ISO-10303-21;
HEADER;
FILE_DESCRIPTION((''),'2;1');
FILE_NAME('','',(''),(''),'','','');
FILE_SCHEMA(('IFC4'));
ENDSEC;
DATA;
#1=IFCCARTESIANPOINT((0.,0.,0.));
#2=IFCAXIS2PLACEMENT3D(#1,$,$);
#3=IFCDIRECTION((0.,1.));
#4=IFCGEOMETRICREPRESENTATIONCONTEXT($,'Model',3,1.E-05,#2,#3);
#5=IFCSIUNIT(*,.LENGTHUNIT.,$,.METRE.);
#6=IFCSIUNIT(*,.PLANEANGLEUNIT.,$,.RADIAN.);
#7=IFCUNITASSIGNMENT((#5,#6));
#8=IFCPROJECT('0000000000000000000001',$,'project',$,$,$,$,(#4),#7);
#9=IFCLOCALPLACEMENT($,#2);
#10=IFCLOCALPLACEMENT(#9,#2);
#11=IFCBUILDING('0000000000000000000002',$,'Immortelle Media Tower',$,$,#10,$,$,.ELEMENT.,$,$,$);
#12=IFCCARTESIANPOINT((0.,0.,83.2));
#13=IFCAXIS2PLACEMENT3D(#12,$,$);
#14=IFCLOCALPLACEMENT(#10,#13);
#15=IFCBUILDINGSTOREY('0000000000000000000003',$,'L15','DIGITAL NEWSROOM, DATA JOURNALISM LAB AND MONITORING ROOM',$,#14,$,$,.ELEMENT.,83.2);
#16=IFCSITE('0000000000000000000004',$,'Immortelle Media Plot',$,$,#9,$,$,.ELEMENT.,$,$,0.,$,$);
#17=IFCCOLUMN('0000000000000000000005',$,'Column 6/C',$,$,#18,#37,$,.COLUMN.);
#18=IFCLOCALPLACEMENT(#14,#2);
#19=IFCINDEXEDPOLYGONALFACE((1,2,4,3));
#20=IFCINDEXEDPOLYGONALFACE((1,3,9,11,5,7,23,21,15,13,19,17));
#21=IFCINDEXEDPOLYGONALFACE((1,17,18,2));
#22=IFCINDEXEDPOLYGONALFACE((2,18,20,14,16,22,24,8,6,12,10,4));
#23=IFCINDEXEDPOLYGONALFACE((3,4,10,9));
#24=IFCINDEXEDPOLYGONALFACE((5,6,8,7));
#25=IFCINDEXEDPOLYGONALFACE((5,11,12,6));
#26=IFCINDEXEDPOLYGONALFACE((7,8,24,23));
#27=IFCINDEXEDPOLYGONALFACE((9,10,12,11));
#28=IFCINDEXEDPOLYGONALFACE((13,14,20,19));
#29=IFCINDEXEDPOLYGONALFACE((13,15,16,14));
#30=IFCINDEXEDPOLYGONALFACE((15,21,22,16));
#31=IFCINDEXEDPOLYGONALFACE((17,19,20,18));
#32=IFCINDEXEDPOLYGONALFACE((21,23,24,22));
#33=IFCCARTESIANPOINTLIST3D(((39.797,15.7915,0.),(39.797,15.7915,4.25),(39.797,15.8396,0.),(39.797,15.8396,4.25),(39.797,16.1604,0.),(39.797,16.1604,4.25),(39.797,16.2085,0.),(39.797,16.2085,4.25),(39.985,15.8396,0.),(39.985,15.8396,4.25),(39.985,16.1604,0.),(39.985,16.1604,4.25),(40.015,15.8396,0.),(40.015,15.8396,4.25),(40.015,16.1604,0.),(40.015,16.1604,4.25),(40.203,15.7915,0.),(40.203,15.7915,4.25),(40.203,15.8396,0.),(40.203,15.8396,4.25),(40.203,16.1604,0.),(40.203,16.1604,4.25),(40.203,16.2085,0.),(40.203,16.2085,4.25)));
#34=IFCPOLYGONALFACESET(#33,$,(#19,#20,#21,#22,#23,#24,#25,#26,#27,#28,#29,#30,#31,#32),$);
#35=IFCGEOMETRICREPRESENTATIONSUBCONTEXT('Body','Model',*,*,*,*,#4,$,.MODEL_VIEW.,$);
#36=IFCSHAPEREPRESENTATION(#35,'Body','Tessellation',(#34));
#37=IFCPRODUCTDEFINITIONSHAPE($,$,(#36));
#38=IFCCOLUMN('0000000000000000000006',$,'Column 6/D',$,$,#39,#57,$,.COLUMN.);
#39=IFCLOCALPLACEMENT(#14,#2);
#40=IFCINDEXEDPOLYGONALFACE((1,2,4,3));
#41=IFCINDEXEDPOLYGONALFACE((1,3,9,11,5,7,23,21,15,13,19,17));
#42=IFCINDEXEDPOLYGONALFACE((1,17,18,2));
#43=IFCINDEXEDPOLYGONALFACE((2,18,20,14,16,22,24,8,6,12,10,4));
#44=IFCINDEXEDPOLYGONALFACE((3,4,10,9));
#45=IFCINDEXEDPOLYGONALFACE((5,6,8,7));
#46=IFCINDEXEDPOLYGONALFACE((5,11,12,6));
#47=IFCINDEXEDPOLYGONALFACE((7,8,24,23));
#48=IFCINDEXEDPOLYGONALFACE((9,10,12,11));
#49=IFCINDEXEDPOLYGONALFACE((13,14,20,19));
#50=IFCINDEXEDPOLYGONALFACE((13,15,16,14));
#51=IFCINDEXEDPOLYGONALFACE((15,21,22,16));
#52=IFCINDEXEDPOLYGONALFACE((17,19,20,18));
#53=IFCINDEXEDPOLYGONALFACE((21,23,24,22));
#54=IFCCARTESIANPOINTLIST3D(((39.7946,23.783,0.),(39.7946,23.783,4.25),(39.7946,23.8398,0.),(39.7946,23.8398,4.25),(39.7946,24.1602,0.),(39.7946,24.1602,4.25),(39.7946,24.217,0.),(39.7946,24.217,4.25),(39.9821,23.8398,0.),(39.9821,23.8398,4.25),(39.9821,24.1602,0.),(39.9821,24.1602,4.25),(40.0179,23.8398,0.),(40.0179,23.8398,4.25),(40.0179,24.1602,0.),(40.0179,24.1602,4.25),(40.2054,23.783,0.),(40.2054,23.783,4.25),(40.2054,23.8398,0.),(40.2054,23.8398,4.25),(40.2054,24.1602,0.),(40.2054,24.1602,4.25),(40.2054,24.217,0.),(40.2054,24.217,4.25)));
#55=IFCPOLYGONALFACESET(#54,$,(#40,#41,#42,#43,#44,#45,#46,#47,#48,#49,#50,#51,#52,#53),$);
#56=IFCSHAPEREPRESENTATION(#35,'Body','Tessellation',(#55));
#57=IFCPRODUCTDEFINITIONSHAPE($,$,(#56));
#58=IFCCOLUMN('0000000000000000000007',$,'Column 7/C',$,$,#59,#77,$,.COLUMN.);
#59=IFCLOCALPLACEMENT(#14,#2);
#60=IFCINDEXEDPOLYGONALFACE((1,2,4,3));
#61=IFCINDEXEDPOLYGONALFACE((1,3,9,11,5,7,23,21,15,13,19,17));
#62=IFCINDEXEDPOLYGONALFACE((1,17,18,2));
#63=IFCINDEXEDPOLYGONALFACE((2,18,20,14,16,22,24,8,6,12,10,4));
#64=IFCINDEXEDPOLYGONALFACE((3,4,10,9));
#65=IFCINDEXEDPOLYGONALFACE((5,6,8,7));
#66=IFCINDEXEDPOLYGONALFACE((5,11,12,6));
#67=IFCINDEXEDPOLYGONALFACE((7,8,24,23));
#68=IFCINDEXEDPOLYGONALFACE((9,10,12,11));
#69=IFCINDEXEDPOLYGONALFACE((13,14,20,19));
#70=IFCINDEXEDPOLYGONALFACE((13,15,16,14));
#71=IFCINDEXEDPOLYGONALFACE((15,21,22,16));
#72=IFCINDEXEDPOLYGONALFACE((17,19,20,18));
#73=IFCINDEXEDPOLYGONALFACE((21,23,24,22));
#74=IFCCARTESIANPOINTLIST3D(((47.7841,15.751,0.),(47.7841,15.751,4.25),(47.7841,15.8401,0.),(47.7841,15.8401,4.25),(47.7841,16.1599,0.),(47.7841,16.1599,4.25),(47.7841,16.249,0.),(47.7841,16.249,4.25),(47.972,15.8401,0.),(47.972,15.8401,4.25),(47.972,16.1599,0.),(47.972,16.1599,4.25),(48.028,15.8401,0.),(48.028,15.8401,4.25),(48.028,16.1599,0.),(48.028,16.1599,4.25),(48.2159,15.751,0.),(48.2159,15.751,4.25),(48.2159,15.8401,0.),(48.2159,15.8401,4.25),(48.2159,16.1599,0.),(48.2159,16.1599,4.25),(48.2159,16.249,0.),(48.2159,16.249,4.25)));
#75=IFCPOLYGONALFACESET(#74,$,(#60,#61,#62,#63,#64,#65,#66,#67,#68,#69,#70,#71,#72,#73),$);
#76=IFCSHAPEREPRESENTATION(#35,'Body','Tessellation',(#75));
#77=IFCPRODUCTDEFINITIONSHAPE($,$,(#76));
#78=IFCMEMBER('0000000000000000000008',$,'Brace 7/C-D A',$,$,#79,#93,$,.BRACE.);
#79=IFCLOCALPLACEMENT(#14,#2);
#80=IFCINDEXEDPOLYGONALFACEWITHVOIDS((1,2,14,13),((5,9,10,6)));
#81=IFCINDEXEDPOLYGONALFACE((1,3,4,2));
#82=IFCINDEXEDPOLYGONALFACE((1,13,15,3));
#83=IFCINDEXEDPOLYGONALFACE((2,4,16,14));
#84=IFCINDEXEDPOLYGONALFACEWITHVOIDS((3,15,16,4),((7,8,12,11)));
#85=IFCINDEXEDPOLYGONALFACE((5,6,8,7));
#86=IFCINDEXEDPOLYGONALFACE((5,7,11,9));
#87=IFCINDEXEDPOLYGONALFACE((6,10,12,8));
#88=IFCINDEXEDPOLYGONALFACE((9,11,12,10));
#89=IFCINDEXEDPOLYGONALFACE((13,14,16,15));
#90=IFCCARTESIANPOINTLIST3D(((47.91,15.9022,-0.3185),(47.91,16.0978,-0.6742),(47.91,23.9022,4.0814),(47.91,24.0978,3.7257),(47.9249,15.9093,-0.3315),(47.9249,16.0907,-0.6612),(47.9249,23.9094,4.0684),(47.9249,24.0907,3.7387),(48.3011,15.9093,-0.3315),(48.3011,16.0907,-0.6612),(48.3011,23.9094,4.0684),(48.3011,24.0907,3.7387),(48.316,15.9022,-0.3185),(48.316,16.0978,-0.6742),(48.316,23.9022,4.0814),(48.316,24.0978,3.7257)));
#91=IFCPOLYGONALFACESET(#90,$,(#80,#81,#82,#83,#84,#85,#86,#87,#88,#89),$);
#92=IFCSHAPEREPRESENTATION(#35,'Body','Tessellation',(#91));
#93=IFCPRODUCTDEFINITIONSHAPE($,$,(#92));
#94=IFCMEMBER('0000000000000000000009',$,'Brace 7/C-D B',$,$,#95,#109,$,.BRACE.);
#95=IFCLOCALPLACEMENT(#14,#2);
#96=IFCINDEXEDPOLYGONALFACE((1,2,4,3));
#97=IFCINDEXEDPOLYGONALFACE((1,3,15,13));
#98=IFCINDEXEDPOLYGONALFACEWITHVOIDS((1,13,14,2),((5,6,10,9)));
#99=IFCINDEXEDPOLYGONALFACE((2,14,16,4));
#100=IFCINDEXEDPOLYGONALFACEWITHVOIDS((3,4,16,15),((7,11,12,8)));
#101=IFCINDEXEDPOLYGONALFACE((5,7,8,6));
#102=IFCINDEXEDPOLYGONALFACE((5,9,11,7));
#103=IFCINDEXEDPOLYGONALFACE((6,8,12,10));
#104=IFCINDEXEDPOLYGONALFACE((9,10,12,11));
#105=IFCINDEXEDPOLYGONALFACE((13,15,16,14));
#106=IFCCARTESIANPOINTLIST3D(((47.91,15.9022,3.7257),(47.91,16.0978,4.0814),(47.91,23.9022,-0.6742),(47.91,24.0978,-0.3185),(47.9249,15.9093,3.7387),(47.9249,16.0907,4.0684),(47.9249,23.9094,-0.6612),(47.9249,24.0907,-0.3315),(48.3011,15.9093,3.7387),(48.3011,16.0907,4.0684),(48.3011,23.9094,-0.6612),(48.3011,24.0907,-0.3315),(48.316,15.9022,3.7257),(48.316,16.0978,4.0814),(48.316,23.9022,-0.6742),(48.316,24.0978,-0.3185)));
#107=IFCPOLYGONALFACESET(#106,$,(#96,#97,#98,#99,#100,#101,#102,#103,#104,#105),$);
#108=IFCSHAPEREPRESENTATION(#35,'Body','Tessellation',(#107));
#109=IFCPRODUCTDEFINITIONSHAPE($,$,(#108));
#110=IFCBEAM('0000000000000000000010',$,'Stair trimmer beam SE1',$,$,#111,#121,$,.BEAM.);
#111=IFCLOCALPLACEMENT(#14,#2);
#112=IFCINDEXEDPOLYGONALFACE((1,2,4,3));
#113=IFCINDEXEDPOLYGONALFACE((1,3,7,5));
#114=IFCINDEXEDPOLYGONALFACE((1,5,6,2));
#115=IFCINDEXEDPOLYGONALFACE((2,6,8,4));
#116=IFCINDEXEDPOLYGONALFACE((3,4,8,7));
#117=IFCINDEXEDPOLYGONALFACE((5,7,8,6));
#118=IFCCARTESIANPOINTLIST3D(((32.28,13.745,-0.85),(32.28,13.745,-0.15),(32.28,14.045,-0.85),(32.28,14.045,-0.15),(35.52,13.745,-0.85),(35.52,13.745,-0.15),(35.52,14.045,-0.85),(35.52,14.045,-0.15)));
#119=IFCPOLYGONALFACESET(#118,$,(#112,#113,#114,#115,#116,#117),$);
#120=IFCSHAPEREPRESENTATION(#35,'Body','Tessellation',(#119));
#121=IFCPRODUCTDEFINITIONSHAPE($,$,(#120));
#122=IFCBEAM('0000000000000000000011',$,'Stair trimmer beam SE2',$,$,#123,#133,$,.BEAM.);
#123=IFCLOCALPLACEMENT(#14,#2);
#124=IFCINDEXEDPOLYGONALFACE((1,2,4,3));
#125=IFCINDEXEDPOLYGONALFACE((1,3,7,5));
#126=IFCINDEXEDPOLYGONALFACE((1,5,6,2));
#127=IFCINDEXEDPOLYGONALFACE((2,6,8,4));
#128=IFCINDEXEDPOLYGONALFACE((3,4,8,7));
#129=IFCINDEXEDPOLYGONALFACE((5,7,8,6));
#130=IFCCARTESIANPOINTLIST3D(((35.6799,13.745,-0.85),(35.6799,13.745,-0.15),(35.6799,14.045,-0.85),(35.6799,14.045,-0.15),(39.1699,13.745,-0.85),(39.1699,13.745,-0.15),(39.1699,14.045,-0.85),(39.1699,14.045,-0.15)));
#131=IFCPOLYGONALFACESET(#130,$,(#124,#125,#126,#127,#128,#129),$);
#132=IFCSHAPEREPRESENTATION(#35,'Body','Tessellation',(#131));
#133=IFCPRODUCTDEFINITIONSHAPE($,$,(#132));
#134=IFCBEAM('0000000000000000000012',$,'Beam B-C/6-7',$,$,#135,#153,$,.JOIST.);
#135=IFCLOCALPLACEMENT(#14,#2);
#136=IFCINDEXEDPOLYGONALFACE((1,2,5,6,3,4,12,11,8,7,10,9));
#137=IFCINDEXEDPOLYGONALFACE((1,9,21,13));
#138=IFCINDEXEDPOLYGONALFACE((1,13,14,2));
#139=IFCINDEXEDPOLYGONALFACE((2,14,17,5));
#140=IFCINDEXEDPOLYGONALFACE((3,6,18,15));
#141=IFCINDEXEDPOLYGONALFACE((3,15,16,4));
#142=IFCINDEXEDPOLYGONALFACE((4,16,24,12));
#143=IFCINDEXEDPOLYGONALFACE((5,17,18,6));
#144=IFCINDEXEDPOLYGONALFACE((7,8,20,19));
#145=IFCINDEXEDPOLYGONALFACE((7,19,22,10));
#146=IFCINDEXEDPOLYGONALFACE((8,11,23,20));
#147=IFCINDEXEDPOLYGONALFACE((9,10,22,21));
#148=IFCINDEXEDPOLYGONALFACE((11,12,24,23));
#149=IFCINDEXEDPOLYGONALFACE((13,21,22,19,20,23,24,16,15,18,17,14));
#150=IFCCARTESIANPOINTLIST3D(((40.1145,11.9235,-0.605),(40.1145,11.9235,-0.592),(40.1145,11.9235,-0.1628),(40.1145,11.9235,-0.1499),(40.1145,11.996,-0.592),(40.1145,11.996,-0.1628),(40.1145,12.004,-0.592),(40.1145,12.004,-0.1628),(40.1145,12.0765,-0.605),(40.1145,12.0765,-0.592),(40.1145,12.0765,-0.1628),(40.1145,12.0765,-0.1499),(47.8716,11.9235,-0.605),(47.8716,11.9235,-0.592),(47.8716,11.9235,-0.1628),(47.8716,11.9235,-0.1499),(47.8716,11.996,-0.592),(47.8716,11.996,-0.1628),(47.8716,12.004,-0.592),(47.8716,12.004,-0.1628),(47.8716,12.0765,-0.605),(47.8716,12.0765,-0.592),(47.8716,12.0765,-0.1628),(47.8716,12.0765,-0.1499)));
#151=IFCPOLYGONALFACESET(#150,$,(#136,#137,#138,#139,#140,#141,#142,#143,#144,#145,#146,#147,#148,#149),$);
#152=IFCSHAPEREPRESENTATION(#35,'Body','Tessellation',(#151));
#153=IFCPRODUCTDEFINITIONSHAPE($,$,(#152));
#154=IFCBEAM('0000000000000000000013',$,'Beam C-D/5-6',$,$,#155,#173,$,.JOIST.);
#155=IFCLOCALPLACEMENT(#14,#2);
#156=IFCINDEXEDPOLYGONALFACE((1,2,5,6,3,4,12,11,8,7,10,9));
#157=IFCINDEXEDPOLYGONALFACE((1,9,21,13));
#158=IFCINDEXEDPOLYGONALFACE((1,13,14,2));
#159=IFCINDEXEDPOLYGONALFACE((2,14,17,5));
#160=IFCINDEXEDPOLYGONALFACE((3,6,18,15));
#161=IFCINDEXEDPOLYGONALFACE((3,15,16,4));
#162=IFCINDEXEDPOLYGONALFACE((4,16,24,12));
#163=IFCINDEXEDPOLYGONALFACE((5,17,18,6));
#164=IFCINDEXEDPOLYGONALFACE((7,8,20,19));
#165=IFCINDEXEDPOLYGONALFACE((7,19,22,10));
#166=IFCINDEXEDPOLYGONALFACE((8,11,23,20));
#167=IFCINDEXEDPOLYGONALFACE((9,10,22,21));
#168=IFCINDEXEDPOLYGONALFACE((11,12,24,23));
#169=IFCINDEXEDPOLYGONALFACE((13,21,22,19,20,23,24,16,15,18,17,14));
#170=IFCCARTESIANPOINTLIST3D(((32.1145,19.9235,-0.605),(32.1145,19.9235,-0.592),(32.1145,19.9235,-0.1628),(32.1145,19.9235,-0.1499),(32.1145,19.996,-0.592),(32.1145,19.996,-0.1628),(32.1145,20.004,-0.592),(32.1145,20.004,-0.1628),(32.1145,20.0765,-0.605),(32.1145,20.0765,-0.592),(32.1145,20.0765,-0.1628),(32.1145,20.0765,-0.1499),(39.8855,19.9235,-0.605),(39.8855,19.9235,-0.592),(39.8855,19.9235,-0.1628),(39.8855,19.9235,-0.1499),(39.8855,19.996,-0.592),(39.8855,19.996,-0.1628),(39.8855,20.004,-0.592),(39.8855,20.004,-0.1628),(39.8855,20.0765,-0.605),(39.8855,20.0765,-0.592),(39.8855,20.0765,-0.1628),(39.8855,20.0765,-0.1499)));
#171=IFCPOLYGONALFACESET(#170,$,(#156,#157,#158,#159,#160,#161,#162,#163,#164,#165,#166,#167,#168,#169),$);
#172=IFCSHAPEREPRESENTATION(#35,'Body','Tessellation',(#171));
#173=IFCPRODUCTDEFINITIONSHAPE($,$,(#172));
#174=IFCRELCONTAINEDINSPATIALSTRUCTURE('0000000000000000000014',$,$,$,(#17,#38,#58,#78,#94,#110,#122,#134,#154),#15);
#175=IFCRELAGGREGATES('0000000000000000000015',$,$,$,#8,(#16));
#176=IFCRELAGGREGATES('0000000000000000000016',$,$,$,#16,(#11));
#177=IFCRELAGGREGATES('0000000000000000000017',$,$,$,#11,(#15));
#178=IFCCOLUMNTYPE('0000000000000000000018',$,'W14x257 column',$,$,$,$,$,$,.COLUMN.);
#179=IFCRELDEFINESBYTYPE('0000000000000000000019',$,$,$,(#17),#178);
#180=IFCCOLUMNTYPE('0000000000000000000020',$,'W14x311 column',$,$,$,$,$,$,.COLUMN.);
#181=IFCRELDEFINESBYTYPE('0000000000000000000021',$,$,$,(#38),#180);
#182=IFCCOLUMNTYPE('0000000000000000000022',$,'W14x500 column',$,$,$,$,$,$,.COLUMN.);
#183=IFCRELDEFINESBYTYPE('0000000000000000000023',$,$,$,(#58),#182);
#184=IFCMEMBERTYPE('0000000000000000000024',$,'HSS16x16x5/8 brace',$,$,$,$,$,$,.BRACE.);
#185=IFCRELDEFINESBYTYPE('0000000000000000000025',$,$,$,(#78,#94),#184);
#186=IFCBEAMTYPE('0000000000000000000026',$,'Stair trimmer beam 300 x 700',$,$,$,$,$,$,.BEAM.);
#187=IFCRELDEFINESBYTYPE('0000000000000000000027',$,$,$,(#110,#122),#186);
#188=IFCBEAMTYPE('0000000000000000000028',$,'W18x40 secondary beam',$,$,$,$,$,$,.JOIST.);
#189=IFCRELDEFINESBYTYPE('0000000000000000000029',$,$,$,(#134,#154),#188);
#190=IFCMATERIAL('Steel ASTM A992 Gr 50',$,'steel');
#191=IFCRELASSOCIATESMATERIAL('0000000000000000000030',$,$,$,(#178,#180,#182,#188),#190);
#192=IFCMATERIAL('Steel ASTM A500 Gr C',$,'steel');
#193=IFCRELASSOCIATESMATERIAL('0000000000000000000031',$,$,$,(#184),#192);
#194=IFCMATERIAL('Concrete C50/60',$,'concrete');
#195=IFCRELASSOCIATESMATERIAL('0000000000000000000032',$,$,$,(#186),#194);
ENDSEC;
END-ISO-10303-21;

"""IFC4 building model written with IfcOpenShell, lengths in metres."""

from ifc_helpers import new_model, si_unit, direction, frame, origin, origin_2d, place, context, subcontext, project, spatial, rectangle, hollow_rectangle, i_section, extrude, material, material_profile, profile_set, type_object, element, save


model = new_model("IFC4")

# Units and contexts
model_context = context("Model", 3, precision=1e-05, world=origin(), true_north=direction((0.0, 1.0)))
body_context = subcontext(model_context, "Body", "Model", "MODEL_VIEW")
ifc_project = project(units=[si_unit("LENGTHUNIT", "METRE"), si_unit("PLANEANGLEUNIT", "RADIAN")], contexts=[model_context])

# Site, building, storey
site_placement = place(None, origin())
site = spatial("IfcSite", under=ifc_project, at=site_placement, Name="Immortelle Media Plot", CompositionType="ELEMENT", RefElevation=0.0)
building_placement = place(site_placement, origin())
building = spatial("IfcBuilding", under=site, at=building_placement, Name="Immortelle Media Tower", CompositionType="ELEMENT")
storey_placement = place(building_placement, frame((0.0, 0.0, 83.2)))
storey = spatial("IfcBuildingStorey", under=building, at=storey_placement, Name="L15", Description="DIGITAL NEWSROOM, DATA JOURNALISM LAB AND MONITORING ROOM", CompositionType="ELEMENT", Elevation=83.2)

# Columns
ifc_material_1 = material(Name="Steel ASTM A992 Gr 50", Category="steel")
ifc_material_profile_1 = material_profile(ifc_material_1, i_section(OverallWidth=0.406, OverallDepth=0.417, WebThickness=0.03, FlangeThickness=0.0481, at=origin_2d()), Name="W14x257")
ifc_profile_set_1 = profile_set([ifc_material_profile_1], Name="Steel ASTM A992 Gr 50")
column_type_1 = type_object("IfcColumnType", Name="W14x257 column", PredefinedType="COLUMN", material=ifc_profile_set_1)
column_1_placement = place(storey_placement, frame((40.0, 16.0, 0.0), z_axis=(0.0, 0.0, 1.0), x_axis=(1.0, 0.0, 0.0)))
element("IfcColumn", 1, at=column_1_placement, inside=storey, type_object=column_type_1, Name="Column 6/C", PredefinedType="COLUMN", context=body_context, shape_type="SweptSolid", body=[
    extrude(i_section(OverallWidth=0.406, OverallDepth=0.417, WebThickness=0.03, FlangeThickness=0.0481, at=origin_2d()), origin(), (0.0, 0.0, 1.0), 4.25),
])
ifc_material_profile_2 = material_profile(ifc_material_1, i_section(OverallWidth=0.4109, OverallDepth=0.4341, WebThickness=0.0359, FlangeThickness=0.0569, at=origin_2d()), Name="W14x311")
ifc_profile_set_2 = profile_set([ifc_material_profile_2], Name="Steel ASTM A992 Gr 50")
column_type_2 = type_object("IfcColumnType", Name="W14x311 column", PredefinedType="COLUMN", material=ifc_profile_set_2)
column_2_placement = place(storey_placement, frame((40.0, 24.0, 0.0), z_axis=(0.0, 0.0, 1.0), x_axis=(1.0, 0.0, 0.0)))
element("IfcColumn", 2, at=column_2_placement, inside=storey, type_object=column_type_2, Name="Column 6/D", PredefinedType="COLUMN", context=body_context, shape_type="SweptSolid", body=[
    extrude(i_section(OverallWidth=0.4109, OverallDepth=0.4341, WebThickness=0.0359, FlangeThickness=0.0569, at=origin_2d()), origin(), (0.0, 0.0, 1.0), 4.25),
])
ifc_material_profile_3 = material_profile(ifc_material_1, i_section(OverallWidth=0.4319, OverallDepth=0.498, WebThickness=0.0559, FlangeThickness=0.0891, at=origin_2d()), Name="W14x500")
ifc_profile_set_3 = profile_set([ifc_material_profile_3], Name="Steel ASTM A992 Gr 50")
column_type_3 = type_object("IfcColumnType", Name="W14x500 column", PredefinedType="COLUMN", material=ifc_profile_set_3)
column_3_placement = place(storey_placement, frame((48.0, 16.0, 0.0), z_axis=(0.0, 0.0, 1.0), x_axis=(1.0, 0.0, 0.0)))
element("IfcColumn", 3, at=column_3_placement, inside=storey, type_object=column_type_3, Name="Column 7/C", PredefinedType="COLUMN", context=body_context, shape_type="SweptSolid", body=[
    extrude(i_section(OverallWidth=0.4319, OverallDepth=0.498, WebThickness=0.0559, FlangeThickness=0.0891, at=origin_2d()), origin(), (0.0, 0.0, 1.0), 4.25),
])

# Members
ifc_material_2 = material(Name="Steel ASTM A500 Gr C", Category="steel")
ifc_material_profile_4 = material_profile(ifc_material_2, hollow_rectangle(XDim=0.406, YDim=0.406, WallThickness=0.0149, at=origin_2d()), Name="HSS16x16x5/8 brace")
ifc_profile_set_4 = profile_set([ifc_material_profile_4], Name="Steel ASTM A500 Gr C")
member_type = type_object("IfcMemberType", Name="HSS16x16x5/8 brace", PredefinedType="BRACE", material=ifc_profile_set_4)
for number, where, z_axis, x_axis, name in (
    (4, (48.113, 16.0, -0.4963), (0.0, 0.87622, 0.481911), (-1.0, 0.0, 0.0), "Brace 7/C-D A"),
    (5, (48.113, 16.0, 3.9036), (0.0, 0.87622, -0.481911), (-1.0, 0.0, 0.0), "Brace 7/C-D B"),
):
    element("IfcMember", number, at=place(storey_placement, frame(where, z_axis=z_axis, x_axis=x_axis)), inside=storey, type_object=member_type, Name=name, PredefinedType="BRACE", context=body_context, shape_type="SweptSolid", body=[
        extrude(hollow_rectangle(XDim=0.406, YDim=0.406, WallThickness=0.0149, at=origin_2d()), origin(), (0.0, 0.0, 1.0), 9.1301),
    ])

# Beams
ifc_material_3 = material(Name="Concrete C50/60", Category="concrete")
ifc_material_profile_5 = material_profile(ifc_material_3, rectangle(XDim=0.3, YDim=0.7, at=origin_2d()), Name="RC 300x700")
ifc_profile_set_5 = profile_set([ifc_material_profile_5], Name="Concrete C50/60")
beam_type_1 = type_object("IfcBeamType", Name="Stair trimmer beam 300 x 700", PredefinedType="BEAM", material=ifc_profile_set_5)
beam_1_placement = place(storey_placement, frame((32.28, 13.895, -0.5), z_axis=(1.0, 0.0, 0.0), x_axis=(0.0, 1.0, 0.0)))
element("IfcBeam", 6, at=beam_1_placement, inside=storey, type_object=beam_type_1, Name="Stair trimmer beam SE1", PredefinedType="BEAM", context=body_context, shape_type="SweptSolid", body=[
    extrude(rectangle(XDim=0.3, YDim=0.7, at=origin_2d()), origin(), (0.0, 0.0, 1.0), 3.24),
])
beam_2_placement = place(storey_placement, frame((35.6799, 13.895, -0.5), z_axis=(1.0, 0.0, 0.0), x_axis=(0.0, 1.0, 0.0)))
element("IfcBeam", 7, at=beam_2_placement, inside=storey, type_object=beam_type_1, Name="Stair trimmer beam SE2", PredefinedType="BEAM", context=body_context, shape_type="SweptSolid", body=[
    extrude(rectangle(XDim=0.3, YDim=0.7, at=origin_2d()), origin(), (0.0, 0.0, 1.0), 3.49),
])
ifc_material_profile_6 = material_profile(ifc_material_1, i_section(OverallWidth=0.1531, OverallDepth=0.4551, WebThickness=0.0081, FlangeThickness=0.0129, at=origin_2d()), Name="W18x40")
ifc_profile_set_6 = profile_set([ifc_material_profile_6], Name="Steel ASTM A992 Gr 50")
beam_type_2 = type_object("IfcBeamType", Name="W18x40 secondary beam", PredefinedType="JOIST", material=ifc_profile_set_6)
beam_3_placement = place(storey_placement, frame((40.1145, 12.0, -0.3774), z_axis=(1.0, 0.0, 0.0), x_axis=(0.0, 1.0, 0.0)))
element("IfcBeam", 8, at=beam_3_placement, inside=storey, type_object=beam_type_2, Name="Beam B-C/6-7", PredefinedType="JOIST", context=body_context, shape_type="SweptSolid", body=[
    extrude(i_section(OverallWidth=0.1531, OverallDepth=0.4551, WebThickness=0.0081, FlangeThickness=0.0129, at=origin_2d()), origin(), (0.0, 0.0, 1.0), 7.7571),
])
beam_4_placement = place(storey_placement, frame((32.1145, 20.0, -0.3774), z_axis=(1.0, 0.0, 0.0), x_axis=(0.0, 1.0, 0.0)))
element("IfcBeam", 9, at=beam_4_placement, inside=storey, type_object=beam_type_2, Name="Beam C-D/5-6", PredefinedType="JOIST", context=body_context, shape_type="SweptSolid", body=[
    extrude(i_section(OverallWidth=0.1531, OverallDepth=0.4551, WebThickness=0.0081, FlangeThickness=0.0129, at=origin_2d()), origin(), (0.0, 0.0, 1.0), 7.771),
])

save(model, "model.ifc")
